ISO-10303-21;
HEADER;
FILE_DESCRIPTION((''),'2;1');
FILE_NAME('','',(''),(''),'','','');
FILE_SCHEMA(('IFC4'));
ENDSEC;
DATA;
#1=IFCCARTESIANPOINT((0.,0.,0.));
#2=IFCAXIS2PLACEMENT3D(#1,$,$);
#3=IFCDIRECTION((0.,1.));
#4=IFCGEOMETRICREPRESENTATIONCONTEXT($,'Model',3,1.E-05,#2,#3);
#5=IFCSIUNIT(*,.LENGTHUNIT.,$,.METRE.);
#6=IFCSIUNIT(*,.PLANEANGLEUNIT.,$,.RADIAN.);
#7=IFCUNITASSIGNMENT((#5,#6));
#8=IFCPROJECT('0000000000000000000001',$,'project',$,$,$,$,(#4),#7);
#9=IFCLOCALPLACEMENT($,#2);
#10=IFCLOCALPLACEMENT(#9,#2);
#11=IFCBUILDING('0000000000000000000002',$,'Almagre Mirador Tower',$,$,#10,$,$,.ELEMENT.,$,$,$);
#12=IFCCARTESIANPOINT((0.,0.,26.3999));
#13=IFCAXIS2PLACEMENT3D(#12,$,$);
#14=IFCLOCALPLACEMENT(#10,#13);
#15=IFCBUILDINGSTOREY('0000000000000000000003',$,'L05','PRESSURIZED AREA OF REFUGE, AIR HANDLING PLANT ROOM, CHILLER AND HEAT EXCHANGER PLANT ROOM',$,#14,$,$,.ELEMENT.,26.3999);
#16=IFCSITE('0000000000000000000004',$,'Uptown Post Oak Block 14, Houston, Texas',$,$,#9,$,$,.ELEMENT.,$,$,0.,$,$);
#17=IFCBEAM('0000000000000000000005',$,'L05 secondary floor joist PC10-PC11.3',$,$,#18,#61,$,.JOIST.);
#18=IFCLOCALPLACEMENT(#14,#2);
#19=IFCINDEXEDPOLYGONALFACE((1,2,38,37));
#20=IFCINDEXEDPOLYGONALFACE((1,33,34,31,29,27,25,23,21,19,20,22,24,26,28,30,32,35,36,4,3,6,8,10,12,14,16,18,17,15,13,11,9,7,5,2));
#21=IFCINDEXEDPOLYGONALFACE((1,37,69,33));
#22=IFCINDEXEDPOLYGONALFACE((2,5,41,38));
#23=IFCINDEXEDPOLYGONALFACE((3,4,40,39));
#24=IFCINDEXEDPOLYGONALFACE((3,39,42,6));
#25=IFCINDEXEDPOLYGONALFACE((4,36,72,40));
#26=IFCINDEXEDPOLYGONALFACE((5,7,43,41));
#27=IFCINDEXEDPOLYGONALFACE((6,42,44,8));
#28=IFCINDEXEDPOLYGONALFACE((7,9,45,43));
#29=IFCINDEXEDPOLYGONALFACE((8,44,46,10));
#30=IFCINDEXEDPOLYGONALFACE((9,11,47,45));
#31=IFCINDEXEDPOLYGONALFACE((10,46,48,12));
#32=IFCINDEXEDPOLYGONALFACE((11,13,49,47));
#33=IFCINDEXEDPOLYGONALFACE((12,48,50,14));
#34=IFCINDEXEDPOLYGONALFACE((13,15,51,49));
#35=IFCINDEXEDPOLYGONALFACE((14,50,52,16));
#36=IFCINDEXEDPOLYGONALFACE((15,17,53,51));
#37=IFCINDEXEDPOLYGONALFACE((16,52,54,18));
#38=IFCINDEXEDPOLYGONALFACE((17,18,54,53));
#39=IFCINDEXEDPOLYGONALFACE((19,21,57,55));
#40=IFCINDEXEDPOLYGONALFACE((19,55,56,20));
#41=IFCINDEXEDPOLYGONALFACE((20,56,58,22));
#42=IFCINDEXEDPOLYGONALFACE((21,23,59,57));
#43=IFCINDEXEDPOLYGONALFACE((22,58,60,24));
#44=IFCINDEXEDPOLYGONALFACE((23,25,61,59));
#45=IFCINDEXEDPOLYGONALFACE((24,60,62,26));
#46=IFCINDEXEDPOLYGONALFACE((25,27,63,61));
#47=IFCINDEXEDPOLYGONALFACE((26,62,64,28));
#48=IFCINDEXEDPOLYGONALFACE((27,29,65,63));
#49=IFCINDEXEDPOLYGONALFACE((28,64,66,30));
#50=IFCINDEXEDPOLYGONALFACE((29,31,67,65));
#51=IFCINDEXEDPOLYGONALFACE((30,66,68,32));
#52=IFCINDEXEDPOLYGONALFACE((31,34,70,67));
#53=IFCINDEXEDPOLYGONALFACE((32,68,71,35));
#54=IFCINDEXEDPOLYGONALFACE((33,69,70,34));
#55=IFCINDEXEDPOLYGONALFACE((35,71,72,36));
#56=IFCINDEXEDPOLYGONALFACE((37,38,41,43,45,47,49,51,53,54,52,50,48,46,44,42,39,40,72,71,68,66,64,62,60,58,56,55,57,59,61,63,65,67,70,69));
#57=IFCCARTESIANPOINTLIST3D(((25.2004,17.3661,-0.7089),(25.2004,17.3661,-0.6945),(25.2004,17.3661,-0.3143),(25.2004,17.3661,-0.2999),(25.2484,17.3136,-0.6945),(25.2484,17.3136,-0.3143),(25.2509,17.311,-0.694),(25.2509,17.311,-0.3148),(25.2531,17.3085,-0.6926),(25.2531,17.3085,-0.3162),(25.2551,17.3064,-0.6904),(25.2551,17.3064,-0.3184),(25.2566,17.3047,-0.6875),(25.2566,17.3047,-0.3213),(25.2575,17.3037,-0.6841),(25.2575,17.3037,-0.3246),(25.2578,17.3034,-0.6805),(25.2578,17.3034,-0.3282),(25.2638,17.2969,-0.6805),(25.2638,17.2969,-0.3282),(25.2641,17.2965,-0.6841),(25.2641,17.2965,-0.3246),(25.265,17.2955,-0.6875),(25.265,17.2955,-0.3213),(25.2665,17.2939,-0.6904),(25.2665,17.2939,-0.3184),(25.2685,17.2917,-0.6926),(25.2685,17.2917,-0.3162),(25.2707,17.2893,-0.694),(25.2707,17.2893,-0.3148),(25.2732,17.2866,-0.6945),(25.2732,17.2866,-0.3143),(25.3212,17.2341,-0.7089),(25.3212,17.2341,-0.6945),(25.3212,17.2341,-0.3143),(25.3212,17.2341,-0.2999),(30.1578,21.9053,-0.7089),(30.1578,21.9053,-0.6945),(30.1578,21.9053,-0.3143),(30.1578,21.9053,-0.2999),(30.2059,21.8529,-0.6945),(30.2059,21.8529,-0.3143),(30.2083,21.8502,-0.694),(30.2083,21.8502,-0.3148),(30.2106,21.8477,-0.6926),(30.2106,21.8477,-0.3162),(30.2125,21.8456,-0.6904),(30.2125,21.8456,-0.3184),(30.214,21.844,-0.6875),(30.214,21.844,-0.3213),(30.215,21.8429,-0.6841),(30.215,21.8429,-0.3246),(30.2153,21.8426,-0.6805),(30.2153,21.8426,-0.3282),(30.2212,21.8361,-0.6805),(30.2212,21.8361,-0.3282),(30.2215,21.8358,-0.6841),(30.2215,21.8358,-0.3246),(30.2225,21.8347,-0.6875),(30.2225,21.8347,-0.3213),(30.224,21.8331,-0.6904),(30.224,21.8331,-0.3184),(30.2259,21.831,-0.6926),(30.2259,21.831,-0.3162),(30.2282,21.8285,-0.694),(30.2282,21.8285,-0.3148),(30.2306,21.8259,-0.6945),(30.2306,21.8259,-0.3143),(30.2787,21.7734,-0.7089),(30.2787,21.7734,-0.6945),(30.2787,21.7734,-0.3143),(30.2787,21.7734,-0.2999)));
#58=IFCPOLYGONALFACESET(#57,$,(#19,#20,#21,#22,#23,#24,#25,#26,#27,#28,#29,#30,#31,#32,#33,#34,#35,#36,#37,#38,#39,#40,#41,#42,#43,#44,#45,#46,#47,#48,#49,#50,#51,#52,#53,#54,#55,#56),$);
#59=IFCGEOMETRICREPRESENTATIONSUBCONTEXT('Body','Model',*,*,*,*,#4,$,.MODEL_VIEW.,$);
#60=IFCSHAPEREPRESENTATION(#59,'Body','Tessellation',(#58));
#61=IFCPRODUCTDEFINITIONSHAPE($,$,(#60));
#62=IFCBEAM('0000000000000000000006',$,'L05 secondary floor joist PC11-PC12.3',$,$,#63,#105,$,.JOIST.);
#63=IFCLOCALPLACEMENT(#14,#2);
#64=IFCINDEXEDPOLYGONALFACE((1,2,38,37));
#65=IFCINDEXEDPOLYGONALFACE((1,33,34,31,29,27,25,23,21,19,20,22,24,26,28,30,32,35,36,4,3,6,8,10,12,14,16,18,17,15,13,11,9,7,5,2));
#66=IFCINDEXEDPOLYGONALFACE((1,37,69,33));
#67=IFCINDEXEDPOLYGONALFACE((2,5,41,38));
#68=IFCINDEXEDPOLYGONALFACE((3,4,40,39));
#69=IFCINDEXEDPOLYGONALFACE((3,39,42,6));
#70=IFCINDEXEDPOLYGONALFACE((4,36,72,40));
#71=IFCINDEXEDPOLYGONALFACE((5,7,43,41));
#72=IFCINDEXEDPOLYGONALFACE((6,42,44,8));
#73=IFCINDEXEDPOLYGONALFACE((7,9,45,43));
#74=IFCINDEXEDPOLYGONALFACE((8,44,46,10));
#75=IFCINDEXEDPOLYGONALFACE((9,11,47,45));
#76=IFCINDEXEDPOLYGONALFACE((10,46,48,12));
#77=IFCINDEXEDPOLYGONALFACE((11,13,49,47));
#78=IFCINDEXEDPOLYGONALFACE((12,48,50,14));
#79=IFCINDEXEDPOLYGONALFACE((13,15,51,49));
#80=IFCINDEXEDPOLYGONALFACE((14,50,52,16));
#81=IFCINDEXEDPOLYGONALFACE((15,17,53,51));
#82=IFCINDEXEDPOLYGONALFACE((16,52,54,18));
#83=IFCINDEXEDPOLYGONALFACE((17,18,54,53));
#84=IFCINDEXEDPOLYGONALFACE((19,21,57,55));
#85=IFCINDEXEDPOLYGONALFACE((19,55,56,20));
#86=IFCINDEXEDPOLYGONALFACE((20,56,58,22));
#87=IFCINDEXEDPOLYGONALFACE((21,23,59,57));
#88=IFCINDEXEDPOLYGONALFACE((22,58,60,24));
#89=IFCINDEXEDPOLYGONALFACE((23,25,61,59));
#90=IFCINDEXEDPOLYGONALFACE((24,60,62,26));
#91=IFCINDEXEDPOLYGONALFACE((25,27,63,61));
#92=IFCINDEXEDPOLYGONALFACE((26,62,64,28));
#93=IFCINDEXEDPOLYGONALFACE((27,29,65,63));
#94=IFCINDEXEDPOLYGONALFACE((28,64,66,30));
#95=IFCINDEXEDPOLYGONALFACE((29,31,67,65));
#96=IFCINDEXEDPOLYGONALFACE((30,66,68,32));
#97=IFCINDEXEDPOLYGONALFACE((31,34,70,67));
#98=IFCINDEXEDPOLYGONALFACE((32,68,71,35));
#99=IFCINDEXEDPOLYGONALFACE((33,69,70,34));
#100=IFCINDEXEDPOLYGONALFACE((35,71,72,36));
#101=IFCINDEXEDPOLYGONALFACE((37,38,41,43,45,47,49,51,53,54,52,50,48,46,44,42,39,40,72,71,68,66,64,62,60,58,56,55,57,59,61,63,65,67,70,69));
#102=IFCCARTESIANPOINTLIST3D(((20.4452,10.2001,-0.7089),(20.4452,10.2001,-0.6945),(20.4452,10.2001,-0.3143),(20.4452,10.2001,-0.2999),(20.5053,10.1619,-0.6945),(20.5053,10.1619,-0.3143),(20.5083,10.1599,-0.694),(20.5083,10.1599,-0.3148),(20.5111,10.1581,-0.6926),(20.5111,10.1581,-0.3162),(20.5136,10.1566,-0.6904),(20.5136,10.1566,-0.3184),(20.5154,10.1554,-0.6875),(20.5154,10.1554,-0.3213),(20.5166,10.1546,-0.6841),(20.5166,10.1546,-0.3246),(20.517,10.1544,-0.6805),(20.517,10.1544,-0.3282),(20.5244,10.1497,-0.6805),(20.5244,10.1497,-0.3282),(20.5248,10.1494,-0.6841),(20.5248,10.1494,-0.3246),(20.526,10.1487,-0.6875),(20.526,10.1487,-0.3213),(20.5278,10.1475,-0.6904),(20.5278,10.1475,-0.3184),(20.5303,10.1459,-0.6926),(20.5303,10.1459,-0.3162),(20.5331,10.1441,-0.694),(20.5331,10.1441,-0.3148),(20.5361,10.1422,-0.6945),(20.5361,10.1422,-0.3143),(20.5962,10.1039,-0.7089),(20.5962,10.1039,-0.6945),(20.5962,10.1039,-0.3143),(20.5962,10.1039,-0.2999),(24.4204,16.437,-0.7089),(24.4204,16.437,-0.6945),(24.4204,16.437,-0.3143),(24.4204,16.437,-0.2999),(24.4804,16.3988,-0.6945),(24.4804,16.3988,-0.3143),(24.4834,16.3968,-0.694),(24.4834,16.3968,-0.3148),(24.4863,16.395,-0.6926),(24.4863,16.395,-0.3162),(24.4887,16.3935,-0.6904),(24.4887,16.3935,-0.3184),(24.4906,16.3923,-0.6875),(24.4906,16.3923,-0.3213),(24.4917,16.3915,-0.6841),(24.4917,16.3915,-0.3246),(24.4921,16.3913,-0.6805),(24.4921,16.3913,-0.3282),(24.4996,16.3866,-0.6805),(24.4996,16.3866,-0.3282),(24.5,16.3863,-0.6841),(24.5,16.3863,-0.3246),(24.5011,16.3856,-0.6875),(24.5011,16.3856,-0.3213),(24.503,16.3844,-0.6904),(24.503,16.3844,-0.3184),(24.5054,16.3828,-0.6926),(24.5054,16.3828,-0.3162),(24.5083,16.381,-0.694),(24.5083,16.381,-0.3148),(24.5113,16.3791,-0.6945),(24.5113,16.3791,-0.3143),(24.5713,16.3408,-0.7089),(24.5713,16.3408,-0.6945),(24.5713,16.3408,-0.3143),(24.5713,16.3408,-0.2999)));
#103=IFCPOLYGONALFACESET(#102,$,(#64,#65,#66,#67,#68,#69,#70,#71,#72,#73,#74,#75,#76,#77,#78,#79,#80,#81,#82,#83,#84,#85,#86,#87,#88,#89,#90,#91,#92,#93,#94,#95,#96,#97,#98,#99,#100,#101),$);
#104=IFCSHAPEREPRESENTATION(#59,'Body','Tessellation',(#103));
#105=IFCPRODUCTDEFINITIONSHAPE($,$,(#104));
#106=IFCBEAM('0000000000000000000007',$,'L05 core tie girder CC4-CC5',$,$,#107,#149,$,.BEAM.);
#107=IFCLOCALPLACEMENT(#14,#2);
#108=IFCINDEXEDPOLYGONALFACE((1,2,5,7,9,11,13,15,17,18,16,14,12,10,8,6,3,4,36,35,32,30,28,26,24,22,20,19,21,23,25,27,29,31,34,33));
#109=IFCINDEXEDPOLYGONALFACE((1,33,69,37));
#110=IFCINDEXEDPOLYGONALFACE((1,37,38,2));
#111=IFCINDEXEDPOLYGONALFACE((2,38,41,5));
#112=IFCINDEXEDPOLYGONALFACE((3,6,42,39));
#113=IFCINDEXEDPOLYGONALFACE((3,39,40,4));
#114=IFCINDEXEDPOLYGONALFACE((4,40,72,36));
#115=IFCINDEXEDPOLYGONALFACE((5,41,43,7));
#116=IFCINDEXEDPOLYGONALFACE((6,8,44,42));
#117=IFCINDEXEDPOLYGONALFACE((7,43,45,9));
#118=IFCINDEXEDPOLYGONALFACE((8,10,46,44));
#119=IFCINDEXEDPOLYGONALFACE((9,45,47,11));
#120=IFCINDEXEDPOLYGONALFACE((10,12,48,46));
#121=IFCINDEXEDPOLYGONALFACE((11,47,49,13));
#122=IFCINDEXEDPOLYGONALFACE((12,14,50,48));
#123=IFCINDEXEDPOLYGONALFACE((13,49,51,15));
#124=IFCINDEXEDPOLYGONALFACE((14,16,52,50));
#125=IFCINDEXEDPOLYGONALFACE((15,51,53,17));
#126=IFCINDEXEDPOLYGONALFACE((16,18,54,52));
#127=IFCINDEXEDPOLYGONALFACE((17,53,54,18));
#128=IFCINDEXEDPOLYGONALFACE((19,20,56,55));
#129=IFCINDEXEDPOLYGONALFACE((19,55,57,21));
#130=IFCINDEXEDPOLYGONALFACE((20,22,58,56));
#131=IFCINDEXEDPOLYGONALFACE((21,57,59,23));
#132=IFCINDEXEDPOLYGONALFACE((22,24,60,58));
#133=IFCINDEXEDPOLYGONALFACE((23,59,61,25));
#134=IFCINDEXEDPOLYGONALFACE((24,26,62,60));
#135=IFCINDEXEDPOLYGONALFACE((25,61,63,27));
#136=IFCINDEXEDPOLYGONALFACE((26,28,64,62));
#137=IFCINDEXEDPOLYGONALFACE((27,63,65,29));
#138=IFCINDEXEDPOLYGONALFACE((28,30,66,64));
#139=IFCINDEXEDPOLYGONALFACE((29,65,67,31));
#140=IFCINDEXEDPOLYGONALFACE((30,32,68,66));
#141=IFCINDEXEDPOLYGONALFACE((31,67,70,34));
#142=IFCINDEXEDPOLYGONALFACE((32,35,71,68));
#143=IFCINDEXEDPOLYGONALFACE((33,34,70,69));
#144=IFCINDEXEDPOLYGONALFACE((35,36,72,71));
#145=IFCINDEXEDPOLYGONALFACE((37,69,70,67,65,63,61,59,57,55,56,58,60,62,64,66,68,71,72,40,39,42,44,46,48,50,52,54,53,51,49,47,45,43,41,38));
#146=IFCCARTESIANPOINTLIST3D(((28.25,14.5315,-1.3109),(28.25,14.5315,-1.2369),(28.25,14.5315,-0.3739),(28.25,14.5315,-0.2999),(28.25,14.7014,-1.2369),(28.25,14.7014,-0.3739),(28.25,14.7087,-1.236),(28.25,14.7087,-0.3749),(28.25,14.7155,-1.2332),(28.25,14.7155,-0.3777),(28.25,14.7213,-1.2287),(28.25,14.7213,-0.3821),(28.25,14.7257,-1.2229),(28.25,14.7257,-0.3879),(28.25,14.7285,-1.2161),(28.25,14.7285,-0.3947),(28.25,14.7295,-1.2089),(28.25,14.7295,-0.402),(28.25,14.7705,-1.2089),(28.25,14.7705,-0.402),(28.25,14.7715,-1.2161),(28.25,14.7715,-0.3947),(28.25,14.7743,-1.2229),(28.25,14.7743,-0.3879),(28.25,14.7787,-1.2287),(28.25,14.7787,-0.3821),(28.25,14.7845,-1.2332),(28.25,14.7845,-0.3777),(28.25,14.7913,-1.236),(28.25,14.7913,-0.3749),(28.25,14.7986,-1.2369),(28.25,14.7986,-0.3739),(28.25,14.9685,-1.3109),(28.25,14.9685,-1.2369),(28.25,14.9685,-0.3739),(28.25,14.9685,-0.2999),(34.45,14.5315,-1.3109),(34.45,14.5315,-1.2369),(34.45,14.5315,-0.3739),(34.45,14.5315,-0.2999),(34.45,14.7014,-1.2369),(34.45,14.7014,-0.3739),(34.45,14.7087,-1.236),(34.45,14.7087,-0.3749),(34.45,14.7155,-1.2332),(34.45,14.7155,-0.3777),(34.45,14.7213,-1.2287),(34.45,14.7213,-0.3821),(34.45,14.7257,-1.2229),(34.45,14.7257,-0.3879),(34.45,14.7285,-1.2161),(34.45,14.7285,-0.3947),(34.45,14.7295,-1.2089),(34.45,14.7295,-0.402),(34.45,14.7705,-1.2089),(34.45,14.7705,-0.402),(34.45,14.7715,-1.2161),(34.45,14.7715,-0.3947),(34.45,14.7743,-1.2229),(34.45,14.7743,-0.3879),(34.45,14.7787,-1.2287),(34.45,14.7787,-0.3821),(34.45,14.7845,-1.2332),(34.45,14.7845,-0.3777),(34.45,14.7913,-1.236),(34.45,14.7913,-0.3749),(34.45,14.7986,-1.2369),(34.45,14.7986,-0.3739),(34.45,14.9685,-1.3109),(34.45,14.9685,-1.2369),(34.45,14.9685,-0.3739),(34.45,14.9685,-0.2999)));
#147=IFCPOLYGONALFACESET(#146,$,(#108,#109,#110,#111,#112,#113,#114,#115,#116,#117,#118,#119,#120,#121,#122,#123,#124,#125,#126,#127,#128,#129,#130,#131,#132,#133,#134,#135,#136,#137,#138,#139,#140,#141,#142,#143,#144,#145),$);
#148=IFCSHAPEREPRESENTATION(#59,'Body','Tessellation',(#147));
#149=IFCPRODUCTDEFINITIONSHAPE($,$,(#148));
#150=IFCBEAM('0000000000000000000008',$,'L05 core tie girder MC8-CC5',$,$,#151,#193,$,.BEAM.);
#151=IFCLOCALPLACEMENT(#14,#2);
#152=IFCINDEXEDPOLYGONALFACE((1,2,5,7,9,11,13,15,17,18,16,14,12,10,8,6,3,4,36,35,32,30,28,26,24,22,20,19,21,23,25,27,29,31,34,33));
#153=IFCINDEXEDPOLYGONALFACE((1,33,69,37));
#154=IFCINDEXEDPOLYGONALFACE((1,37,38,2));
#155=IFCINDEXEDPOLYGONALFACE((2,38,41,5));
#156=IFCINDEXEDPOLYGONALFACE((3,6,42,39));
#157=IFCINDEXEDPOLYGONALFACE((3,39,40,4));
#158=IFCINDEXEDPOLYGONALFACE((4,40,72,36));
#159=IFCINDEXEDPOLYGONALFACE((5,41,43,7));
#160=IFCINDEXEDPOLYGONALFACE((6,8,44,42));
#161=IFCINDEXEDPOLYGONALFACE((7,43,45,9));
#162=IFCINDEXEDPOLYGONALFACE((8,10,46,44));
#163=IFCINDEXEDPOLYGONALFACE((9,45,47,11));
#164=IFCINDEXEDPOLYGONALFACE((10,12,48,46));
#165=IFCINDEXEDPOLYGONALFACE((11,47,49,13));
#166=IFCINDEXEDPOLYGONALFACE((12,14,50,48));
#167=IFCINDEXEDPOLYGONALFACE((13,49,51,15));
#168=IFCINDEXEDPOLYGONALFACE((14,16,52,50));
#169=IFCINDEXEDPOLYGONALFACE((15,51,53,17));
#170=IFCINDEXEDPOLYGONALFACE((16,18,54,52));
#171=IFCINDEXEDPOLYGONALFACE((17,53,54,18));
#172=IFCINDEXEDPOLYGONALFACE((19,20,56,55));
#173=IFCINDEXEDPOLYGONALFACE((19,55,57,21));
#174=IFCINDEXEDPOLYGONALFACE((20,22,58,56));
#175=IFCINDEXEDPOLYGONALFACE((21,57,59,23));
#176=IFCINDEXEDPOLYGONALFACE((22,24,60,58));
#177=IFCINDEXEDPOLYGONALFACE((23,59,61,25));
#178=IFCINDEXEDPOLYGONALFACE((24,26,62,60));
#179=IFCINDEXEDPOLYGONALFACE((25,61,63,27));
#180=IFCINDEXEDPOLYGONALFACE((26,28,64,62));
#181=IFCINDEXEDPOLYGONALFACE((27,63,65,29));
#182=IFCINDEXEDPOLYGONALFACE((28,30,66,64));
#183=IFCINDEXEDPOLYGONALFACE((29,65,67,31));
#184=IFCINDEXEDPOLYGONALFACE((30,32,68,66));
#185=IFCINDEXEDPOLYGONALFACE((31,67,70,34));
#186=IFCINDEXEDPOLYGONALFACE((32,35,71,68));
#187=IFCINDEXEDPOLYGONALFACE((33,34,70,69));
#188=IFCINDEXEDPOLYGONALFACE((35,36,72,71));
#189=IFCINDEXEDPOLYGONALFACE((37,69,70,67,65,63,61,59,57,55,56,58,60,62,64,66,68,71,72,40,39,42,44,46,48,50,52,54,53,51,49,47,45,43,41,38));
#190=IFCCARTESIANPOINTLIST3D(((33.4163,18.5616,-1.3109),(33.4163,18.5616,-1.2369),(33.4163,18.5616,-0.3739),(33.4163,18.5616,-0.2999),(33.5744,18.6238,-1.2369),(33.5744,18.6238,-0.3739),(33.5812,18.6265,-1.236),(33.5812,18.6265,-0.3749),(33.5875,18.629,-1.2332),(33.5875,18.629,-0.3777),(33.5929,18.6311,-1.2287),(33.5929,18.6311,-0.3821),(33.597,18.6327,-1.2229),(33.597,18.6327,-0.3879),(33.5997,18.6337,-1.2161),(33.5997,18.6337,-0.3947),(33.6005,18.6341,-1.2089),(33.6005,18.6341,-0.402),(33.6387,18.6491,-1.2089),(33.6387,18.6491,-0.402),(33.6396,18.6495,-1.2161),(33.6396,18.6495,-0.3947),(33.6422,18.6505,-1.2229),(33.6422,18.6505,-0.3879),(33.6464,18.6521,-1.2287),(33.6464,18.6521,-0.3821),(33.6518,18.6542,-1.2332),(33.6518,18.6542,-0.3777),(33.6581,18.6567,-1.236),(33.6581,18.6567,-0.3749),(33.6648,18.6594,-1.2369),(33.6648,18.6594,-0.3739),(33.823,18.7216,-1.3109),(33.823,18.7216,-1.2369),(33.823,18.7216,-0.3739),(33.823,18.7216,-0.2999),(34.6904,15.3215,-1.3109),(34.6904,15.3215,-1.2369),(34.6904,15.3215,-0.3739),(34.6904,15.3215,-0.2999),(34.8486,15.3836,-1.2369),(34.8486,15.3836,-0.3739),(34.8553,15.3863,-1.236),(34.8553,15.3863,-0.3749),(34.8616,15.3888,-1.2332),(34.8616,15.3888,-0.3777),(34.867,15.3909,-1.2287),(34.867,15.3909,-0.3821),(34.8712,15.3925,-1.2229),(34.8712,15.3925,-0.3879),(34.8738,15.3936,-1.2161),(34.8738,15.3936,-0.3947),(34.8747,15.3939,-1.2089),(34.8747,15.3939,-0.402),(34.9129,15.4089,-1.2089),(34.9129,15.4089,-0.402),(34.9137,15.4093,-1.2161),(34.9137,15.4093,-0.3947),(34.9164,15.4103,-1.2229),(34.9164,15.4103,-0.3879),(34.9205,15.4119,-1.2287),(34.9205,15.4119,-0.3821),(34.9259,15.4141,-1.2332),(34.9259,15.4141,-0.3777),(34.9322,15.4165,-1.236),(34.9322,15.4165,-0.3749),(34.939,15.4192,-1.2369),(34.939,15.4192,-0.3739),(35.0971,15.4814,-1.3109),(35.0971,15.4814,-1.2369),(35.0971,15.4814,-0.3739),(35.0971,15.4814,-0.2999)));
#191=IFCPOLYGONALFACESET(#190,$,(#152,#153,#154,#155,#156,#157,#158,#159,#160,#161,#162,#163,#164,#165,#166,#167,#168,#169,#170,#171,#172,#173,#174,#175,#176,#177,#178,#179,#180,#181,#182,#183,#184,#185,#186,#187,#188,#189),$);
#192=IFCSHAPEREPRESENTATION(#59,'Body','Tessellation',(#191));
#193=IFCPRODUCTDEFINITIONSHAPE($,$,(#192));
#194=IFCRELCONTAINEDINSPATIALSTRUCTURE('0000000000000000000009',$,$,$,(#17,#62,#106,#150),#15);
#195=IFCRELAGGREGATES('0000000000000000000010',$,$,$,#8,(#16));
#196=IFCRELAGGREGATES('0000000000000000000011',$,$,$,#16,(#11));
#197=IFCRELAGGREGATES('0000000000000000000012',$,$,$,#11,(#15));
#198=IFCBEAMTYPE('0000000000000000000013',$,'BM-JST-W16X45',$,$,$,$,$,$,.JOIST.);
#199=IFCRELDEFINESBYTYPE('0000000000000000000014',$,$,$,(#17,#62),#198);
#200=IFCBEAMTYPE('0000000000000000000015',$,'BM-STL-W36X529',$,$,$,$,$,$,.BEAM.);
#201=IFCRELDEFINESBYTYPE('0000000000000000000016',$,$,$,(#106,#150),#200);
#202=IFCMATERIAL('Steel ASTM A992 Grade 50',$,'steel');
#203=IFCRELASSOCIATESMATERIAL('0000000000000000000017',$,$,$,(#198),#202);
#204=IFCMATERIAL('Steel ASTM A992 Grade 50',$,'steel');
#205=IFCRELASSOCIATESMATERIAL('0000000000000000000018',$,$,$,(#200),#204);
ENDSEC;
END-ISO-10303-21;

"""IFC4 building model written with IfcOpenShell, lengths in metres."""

from ifc_helpers import new_model, si_unit, direction, frame, origin, origin_2d, place, context, subcontext, project, spatial, i_section, extrude, material, material_profile, profile_set, type_object, element, save


model = new_model("IFC4")

# Units and contexts
model_context = context("Model", 3, precision=1e-05, world=origin(), true_north=direction((0.0, 1.0)))
body_context = subcontext(model_context, "Body", "Model", "MODEL_VIEW")
ifc_project = project(units=[si_unit("LENGTHUNIT", "METRE"), si_unit("PLANEANGLEUNIT", "RADIAN")], contexts=[model_context])

# Site, building, storey
site_placement = place(None, origin())
site = spatial("IfcSite", under=ifc_project, at=site_placement, Name="Uptown Post Oak Block 14, Houston, Texas", CompositionType="ELEMENT", RefElevation=0.0)
building_placement = place(site_placement, origin())
building = spatial("IfcBuilding", under=site, at=building_placement, Name="Almagre Mirador Tower", CompositionType="ELEMENT")
storey_placement = place(building_placement, frame((0.0, 0.0, 26.3999)))
storey = spatial("IfcBuildingStorey", under=building, at=storey_placement, Name="L05", Description="PRESSURIZED AREA OF REFUGE, AIR HANDLING PLANT ROOM, CHILLER AND HEAT EXCHANGER PLANT ROOM", CompositionType="ELEMENT", Elevation=26.3999)

# Beams
ifc_material_1 = material(Name="Steel ASTM A992 Grade 50", Category="steel")
ifc_material_profile_1 = material_profile(ifc_material_1, i_section(OverallWidth=0.179, OverallDepth=0.4089, WebThickness=0.0088, FlangeThickness=0.0144, FilletRadius=0.0139, at=origin_2d()), Name="W16X45")
ifc_profile_set_1 = profile_set([ifc_material_profile_1], Name="Steel ASTM A992 Grade 50")
beam_type_1 = type_object("IfcBeamType", Name="BM-JST-W16X45", PredefinedType="JOIST", material=ifc_profile_set_1)
beam_1_placement = place(storey_placement, frame((30.2183, 21.8394, -0.5044), z_axis=(-0.737531, -0.675313, 0.0), x_axis=(0.675313, -0.737531, 0.0)))
element("IfcBeam", 1, at=beam_1_placement, inside=storey, type_object=beam_type_1, Name="L05 secondary floor joist PC10-PC11.3", PredefinedType="JOIST", context=body_context, shape_type="SweptSolid", body=[
    extrude(i_section(OverallWidth=0.179, OverallDepth=0.4089, WebThickness=0.0088, FlangeThickness=0.0144, FilletRadius=0.0139, at=origin_2d()), origin(), (0.0, 0.0, 1.0), 6.7217),
])
beam_2_placement = place(storey_placement, frame((24.4958, 16.3889, -0.5044), z_axis=(-0.537473, -0.843281, 0.0), x_axis=(0.843281, -0.537473, 0.0)))
element("IfcBeam", 2, at=beam_2_placement, inside=storey, type_object=beam_type_1, Name="L05 secondary floor joist PC11-PC12.3", PredefinedType="JOIST", context=body_context, shape_type="SweptSolid", body=[
    extrude(i_section(OverallWidth=0.179, OverallDepth=0.4089, WebThickness=0.0088, FlangeThickness=0.0144, FilletRadius=0.0139, at=origin_2d()), origin(), (0.0, 0.0, 1.0), 7.396),
])
ifc_material_2 = material(Name="Steel ASTM A992 Grade 50", Category="steel")
ifc_material_profile_2 = material_profile(ifc_material_2, i_section(OverallWidth=0.437, OverallDepth=1.011, WebThickness=0.041, FlangeThickness=0.074, FilletRadius=0.0281, at=origin_2d()), Name="W36X529")
ifc_profile_set_2 = profile_set([ifc_material_profile_2], Name="Steel ASTM A992 Grade 50")
beam_type_2 = type_object("IfcBeamType", Name="BM-STL-W36X529", PredefinedType="BEAM", material=ifc_profile_set_2)
beam_3_placement = place(storey_placement, frame((28.25, 14.75, -0.8054), z_axis=(1.0, 0.0, 0.0), x_axis=(0.0, 1.0, 0.0)))
element("IfcBeam", 3, at=beam_3_placement, inside=storey, type_object=beam_type_2, Name="L05 core tie girder CC4-CC5", PredefinedType="BEAM", context=body_context, shape_type="SweptSolid", body=[
    extrude(i_section(OverallWidth=0.437, OverallDepth=1.011, WebThickness=0.041, FlangeThickness=0.074, FilletRadius=0.0281, at=origin_2d()), origin(), (0.0, 0.0, 1.0), 6.2),
])
beam_4_placement = place(storey_placement, frame((33.6196, 18.6416, -0.8054), z_axis=(0.365956, -0.930632, 0.0), x_axis=(0.930632, 0.365956, 0.0)))
element("IfcBeam", 4, at=beam_4_placement, inside=storey, type_object=beam_type_2, Name="L05 core tie girder MC8-CC5", PredefinedType="BEAM", context=body_context, shape_type="SweptSolid", body=[
    extrude(i_section(OverallWidth=0.437, OverallDepth=1.011, WebThickness=0.041, FlangeThickness=0.074, FilletRadius=0.0281, at=origin_2d()), origin(), (0.0, 0.0, 1.0), 3.4817),
])

save(model, "model.ifc")
